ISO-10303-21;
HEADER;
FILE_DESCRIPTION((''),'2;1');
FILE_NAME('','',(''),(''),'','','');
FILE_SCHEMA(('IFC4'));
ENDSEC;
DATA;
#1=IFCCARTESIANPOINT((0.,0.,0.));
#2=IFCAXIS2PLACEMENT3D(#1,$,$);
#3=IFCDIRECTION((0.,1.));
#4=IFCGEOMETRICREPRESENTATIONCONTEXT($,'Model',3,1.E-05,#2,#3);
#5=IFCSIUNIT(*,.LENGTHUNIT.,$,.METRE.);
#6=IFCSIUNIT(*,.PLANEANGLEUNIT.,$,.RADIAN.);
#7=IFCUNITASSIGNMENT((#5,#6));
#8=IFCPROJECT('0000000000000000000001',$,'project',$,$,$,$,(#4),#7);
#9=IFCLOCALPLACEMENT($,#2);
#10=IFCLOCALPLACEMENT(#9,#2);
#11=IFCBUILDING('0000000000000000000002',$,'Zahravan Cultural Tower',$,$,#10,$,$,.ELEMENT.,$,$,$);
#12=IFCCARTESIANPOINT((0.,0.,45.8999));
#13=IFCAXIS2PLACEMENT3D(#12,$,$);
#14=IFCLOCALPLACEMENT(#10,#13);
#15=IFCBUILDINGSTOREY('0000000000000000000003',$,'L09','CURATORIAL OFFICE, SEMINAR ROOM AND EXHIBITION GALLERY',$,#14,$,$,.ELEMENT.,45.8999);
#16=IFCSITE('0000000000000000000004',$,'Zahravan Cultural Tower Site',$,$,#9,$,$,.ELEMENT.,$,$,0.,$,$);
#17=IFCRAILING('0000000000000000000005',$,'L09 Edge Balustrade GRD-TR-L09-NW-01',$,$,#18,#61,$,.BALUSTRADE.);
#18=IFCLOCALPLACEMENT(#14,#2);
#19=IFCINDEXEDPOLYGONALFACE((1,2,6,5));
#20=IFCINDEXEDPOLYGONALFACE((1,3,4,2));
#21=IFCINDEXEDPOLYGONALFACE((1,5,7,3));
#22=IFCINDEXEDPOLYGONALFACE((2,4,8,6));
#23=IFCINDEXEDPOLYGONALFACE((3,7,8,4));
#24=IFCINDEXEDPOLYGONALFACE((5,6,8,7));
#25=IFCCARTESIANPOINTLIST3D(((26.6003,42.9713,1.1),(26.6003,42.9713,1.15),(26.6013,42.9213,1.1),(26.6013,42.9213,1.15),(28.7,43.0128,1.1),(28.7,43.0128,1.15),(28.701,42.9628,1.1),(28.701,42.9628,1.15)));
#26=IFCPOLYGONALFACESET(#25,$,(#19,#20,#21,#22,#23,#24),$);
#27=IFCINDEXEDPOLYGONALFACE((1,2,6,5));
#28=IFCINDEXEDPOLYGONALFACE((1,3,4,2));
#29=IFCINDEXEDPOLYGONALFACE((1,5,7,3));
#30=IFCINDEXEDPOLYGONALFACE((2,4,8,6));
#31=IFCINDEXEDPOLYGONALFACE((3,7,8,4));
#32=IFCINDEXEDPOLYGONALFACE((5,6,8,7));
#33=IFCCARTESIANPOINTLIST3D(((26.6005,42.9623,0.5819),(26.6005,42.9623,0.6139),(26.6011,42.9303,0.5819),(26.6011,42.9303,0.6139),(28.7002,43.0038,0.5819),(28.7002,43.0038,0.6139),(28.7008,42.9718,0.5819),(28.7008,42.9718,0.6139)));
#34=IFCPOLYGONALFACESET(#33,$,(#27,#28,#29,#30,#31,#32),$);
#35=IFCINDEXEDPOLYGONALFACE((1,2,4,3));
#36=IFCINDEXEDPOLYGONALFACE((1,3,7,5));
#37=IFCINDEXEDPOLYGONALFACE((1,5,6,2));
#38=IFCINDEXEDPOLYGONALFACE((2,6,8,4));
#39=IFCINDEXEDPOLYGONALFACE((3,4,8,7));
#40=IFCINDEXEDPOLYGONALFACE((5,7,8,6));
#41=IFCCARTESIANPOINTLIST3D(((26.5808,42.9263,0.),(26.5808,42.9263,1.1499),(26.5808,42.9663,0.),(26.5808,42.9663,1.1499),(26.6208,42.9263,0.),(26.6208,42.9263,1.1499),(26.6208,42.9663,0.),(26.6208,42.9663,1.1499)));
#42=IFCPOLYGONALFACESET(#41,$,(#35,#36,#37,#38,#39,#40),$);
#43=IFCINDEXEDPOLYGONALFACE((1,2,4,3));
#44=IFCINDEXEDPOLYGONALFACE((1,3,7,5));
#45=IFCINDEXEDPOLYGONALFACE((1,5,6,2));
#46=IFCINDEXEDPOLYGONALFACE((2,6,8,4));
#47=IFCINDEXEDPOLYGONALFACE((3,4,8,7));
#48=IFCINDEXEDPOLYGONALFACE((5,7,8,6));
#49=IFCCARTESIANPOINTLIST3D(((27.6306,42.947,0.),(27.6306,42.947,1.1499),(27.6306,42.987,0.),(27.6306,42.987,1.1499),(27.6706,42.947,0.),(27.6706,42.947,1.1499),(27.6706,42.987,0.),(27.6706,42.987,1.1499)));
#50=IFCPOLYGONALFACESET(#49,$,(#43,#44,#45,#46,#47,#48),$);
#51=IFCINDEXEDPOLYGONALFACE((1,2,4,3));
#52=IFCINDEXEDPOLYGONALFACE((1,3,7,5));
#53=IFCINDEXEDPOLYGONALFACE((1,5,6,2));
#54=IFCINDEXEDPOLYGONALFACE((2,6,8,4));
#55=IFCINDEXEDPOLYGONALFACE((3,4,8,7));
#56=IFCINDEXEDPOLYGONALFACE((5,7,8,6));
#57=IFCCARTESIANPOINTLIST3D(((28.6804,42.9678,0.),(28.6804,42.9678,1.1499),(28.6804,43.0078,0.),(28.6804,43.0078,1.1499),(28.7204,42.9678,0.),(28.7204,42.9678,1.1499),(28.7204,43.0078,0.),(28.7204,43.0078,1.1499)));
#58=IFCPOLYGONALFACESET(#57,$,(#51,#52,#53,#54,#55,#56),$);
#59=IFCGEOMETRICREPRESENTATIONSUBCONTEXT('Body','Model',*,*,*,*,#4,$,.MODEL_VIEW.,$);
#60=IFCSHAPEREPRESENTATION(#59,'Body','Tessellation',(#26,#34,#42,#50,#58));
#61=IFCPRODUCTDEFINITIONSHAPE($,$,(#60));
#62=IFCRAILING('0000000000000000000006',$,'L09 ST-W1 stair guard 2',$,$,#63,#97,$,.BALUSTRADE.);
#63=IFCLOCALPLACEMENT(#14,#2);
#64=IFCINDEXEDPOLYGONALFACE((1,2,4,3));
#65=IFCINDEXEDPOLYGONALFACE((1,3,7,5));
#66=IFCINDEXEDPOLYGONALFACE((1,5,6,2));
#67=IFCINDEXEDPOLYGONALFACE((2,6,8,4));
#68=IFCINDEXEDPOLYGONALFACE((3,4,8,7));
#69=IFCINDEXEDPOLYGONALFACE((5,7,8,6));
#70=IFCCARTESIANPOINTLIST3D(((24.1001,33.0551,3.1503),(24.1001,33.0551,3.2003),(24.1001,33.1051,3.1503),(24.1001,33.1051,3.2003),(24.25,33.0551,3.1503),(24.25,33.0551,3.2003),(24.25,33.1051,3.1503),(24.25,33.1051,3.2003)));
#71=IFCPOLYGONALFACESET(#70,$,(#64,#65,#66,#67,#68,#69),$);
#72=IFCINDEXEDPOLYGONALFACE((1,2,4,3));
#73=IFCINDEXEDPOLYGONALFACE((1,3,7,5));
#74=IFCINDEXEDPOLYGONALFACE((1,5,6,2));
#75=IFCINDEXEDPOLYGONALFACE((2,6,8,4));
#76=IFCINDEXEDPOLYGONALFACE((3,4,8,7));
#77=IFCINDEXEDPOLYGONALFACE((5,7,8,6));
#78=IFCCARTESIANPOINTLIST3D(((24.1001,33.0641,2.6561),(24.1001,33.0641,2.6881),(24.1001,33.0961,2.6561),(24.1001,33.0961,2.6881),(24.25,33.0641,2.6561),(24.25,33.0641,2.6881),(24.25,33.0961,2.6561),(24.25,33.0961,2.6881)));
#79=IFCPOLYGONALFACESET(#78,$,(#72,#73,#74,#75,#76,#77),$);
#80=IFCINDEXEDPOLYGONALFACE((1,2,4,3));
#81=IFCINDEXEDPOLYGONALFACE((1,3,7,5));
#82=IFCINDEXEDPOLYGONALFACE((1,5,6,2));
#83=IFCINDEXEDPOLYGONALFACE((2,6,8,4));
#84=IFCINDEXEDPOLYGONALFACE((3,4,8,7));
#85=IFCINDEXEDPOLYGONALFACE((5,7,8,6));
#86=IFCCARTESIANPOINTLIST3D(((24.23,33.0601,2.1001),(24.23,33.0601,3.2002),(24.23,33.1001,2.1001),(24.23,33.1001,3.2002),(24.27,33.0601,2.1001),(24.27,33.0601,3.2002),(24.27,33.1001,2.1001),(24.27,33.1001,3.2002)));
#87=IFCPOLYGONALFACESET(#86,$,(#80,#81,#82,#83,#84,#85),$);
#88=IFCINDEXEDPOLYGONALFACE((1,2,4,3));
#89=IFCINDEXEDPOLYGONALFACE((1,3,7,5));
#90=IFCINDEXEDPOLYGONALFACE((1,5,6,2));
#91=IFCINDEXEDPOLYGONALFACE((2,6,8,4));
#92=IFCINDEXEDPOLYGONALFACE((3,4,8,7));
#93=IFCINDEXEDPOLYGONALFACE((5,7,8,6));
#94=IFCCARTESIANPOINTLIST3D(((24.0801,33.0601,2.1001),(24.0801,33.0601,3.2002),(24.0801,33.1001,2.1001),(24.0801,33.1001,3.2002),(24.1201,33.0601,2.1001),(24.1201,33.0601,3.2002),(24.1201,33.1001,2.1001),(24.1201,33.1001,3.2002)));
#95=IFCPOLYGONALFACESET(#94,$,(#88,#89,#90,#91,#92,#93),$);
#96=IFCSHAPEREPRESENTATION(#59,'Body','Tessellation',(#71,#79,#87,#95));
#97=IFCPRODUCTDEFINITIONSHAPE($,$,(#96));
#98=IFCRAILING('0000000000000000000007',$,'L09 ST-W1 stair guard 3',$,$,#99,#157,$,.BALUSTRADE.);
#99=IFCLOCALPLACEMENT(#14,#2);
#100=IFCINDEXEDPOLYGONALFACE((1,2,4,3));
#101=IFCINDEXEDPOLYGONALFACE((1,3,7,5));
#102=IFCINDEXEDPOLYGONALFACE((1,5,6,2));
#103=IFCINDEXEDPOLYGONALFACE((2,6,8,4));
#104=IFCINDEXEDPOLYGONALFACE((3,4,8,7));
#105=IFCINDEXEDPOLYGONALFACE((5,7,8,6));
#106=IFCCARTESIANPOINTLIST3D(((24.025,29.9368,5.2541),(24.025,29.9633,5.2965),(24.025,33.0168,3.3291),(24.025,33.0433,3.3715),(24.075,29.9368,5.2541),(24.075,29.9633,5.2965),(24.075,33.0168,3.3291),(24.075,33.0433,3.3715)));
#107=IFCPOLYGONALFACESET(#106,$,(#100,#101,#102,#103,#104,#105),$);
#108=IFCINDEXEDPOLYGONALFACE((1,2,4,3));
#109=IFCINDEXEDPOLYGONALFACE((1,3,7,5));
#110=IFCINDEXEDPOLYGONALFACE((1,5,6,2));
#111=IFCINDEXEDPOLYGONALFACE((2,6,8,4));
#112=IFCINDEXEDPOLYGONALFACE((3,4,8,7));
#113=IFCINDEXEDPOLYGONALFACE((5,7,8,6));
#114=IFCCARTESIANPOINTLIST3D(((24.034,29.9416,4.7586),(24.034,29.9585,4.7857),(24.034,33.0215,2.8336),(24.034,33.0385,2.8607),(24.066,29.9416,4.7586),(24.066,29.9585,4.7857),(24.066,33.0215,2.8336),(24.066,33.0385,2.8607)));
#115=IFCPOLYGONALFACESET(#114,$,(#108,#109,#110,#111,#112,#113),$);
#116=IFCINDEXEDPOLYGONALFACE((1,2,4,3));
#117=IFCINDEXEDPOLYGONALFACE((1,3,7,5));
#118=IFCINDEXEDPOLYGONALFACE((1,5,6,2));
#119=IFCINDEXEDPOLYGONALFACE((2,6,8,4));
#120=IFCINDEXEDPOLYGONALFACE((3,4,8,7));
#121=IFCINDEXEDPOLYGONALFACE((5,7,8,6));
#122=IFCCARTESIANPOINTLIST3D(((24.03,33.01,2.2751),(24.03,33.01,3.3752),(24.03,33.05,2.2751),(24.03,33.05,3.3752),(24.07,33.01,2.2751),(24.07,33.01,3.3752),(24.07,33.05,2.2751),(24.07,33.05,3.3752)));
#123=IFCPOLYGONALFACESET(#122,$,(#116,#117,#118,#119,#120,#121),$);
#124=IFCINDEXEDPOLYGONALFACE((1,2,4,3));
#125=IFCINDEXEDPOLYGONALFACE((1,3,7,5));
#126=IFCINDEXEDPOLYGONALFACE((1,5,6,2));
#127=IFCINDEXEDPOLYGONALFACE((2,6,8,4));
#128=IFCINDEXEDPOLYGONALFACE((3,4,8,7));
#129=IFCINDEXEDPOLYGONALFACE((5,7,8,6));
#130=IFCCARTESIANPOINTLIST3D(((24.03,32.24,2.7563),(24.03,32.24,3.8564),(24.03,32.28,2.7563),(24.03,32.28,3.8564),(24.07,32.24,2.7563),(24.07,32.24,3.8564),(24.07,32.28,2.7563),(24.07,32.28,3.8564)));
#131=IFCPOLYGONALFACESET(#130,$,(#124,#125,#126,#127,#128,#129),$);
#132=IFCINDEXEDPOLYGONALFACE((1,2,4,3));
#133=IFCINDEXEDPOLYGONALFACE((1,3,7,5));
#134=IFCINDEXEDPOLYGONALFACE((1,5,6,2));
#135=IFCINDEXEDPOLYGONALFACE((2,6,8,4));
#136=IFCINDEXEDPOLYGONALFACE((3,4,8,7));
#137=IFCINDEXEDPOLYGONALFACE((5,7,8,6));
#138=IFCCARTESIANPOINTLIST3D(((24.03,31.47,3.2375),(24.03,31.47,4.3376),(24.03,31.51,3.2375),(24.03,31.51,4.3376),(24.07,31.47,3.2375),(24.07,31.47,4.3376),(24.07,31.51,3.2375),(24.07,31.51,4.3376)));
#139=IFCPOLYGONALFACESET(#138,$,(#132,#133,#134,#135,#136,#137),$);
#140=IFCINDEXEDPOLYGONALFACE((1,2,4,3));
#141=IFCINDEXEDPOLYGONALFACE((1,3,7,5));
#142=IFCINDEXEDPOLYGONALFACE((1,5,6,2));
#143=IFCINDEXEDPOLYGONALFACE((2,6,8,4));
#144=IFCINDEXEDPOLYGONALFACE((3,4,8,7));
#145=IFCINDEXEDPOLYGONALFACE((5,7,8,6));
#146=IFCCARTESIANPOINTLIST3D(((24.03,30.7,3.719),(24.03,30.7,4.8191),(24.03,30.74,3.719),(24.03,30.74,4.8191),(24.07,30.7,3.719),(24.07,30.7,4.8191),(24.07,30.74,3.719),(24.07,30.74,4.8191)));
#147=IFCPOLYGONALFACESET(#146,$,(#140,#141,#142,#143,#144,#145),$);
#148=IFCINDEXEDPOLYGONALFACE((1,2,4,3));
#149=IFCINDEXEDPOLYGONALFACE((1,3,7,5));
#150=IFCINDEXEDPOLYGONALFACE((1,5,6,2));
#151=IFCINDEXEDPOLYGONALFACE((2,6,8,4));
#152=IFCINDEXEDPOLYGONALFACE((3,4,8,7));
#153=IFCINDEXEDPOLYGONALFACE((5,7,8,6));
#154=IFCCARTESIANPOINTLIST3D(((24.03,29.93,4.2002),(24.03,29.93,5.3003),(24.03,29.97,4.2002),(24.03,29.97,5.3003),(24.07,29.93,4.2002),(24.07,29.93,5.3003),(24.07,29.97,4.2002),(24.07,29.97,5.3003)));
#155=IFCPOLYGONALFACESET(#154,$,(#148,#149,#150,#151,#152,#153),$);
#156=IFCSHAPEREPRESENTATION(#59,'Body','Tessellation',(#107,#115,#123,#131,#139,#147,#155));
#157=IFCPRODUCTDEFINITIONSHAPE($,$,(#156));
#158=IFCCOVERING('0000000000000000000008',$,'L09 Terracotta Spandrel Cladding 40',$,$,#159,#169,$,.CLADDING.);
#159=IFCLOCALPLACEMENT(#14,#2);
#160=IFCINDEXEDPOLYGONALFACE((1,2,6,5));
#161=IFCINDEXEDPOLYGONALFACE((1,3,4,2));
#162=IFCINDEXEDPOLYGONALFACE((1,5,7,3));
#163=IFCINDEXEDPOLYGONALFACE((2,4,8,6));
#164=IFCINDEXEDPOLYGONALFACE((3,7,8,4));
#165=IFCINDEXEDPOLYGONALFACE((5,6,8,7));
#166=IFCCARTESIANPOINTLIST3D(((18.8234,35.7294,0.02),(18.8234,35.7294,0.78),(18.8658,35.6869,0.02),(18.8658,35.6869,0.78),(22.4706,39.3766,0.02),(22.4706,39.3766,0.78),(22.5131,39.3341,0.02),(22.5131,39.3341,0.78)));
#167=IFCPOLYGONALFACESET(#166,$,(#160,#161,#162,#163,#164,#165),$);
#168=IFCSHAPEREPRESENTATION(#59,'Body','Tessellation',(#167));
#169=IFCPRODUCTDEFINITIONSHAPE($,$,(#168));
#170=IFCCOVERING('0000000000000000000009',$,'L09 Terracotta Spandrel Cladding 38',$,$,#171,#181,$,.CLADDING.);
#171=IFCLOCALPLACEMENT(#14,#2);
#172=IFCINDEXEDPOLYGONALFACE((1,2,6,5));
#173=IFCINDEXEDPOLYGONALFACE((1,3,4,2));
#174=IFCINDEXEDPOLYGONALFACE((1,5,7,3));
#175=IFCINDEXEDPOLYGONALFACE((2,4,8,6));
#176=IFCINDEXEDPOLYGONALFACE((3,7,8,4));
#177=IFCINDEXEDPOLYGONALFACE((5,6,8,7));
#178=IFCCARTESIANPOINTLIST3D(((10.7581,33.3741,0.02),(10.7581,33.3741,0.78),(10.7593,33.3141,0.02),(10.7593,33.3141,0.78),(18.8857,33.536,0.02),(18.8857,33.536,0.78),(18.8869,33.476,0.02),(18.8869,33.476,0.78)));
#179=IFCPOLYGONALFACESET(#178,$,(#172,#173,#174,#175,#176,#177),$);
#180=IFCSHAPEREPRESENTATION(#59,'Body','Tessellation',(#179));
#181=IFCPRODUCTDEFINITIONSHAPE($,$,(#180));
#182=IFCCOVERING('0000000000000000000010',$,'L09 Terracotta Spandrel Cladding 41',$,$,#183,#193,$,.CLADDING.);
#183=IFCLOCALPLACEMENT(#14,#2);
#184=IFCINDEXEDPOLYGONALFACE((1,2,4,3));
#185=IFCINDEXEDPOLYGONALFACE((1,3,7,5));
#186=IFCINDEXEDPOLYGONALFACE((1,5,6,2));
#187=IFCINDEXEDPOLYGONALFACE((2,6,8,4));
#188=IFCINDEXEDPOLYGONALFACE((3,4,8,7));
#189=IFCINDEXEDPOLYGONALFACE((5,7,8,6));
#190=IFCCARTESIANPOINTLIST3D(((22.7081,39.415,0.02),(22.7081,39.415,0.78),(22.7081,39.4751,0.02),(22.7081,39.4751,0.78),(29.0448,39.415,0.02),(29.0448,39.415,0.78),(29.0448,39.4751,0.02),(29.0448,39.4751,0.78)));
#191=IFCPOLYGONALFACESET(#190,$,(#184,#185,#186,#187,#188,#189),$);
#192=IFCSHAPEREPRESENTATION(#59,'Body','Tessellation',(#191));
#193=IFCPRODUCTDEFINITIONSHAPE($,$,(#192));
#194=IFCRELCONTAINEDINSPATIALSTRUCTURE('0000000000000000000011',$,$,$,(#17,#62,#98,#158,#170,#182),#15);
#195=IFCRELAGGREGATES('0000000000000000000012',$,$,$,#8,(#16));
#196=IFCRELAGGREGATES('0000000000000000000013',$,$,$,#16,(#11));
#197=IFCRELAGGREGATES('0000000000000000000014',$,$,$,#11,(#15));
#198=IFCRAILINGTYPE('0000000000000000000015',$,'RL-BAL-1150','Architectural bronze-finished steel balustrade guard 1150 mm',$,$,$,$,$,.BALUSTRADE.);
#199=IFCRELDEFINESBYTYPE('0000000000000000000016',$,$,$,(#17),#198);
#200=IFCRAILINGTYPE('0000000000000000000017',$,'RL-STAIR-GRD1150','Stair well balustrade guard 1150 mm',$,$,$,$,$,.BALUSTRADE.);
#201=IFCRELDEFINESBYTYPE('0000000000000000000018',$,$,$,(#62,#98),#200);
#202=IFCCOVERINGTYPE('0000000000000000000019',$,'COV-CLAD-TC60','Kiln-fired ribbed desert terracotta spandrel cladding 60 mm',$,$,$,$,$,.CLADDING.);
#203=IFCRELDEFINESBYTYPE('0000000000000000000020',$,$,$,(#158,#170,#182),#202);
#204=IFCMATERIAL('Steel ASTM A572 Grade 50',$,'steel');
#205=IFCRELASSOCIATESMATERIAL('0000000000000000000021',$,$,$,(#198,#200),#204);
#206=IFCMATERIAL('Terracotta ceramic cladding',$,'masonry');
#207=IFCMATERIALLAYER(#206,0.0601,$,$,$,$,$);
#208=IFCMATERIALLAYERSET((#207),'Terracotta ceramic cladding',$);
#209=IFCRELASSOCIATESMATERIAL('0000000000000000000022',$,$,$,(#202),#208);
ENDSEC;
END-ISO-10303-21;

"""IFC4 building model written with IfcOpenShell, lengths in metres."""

from ifc_helpers import new_model, si_unit, direction, frame, origin, origin_2d, place, context, subcontext, project, spatial, rectangle, extrude, source, transform, mapped, material, layer, layer_set, type_object, element, save


model = new_model("IFC4")

# Units and contexts
model_context = context("Model", 3, precision=1e-05, world=origin(), true_north=direction((0.0, 1.0)))
body_context = subcontext(model_context, "Body", "Model", "MODEL_VIEW")
ifc_project = project(units=[si_unit("LENGTHUNIT", "METRE"), si_unit("PLANEANGLEUNIT", "RADIAN")], contexts=[model_context])

# Site, building, storey
site_placement = place(None, origin())
site = spatial("IfcSite", under=ifc_project, at=site_placement, Name="Zahravan Cultural Tower Site", CompositionType="ELEMENT", RefElevation=0.0)
building_placement = place(site_placement, origin())
building = spatial("IfcBuilding", under=site, at=building_placement, Name="Zahravan Cultural Tower", CompositionType="ELEMENT")
storey_placement = place(building_placement, frame((0.0, 0.0, 45.8999)))
storey = spatial("IfcBuildingStorey", under=building, at=storey_placement, Name="L09", Description="CURATORIAL OFFICE, SEMINAR ROOM AND EXHIBITION GALLERY", CompositionType="ELEMENT", Elevation=45.8999)

# Shared definitions
ifc_material_1 = material(Name="Steel ASTM A572 Grade 50", Category="steel")

# Railings
railing_type_1 = type_object("IfcRailingType", Name="RL-BAL-1150", Description="Architectural bronze-finished steel balustrade guard 1150 mm", PredefinedType="BALUSTRADE", material=ifc_material_1)
railing_1_placement = place(storey_placement, frame((26.6008, 42.9463, 0.0)))
element("IfcRailing", 1, at=railing_1_placement, inside=storey, type_object=railing_type_1, Name="L09 Edge Balustrade GRD-TR-L09-NW-01", PredefinedType="BALUSTRADE", context=body_context, shape_type="SweptSolid", body=[
    extrude(rectangle(XDim=0.05, YDim=0.05, at=origin_2d()), frame((0.0, 0.0, 1.125), z_axis=(0.999805, 0.019764, 0.0), x_axis=(-0.019764, 0.999805, 0.0)), (0.0, 0.0, 1.0), 2.1001),
    extrude(rectangle(XDim=0.032, YDim=0.032, at=origin_2d()), frame((0.0, 0.0, 0.5979), z_axis=(0.999805, 0.019764, 0.0), x_axis=(-0.019764, 0.999805, 0.0)), (0.0, 0.0, 1.0), 2.1001),
    extrude(rectangle(XDim=0.04, YDim=0.04, at=origin_2d()), origin(), (0.0, 0.0, 1.0), 1.1499),
    extrude(rectangle(XDim=0.04, YDim=0.04, at=origin_2d()), frame((1.0498, 0.0208, 0.0)), (0.0, 0.0, 1.0), 1.1499),
    extrude(rectangle(XDim=0.04, YDim=0.04, at=origin_2d()), frame((2.0996, 0.0415, 0.0)), (0.0, 0.0, 1.0), 1.1499),
])
railing_type_2 = type_object("IfcRailingType", Name="RL-STAIR-GRD1150", Description="Stair well balustrade guard 1150 mm", PredefinedType="BALUSTRADE", material=ifc_material_1)
railing_2_placement = place(storey_placement, frame((24.25, 33.0801, 2.1001)))
element("IfcRailing", 2, at=railing_2_placement, inside=storey, type_object=railing_type_2, Name="L09 ST-W1 stair guard 2", PredefinedType="BALUSTRADE", context=body_context, shape_type="SweptSolid", body=[
    extrude(rectangle(XDim=0.05, YDim=0.05, at=origin_2d()), frame((0.0, 0.0, 1.0752), z_axis=(-1.0, 0.0, 0.0), x_axis=(0.0, -1.0, 0.0)), (0.0, 0.0, 1.0), 0.1499),
    extrude(rectangle(XDim=0.032, YDim=0.032, at=origin_2d()), frame((0.0, 0.0, 0.572), z_axis=(-1.0, 0.0, 0.0), x_axis=(0.0, -1.0, 0.0)), (0.0, 0.0, 1.0), 0.1499),
    extrude(rectangle(XDim=0.04, YDim=0.04, at=origin_2d()), origin(), (0.0, 0.0, 1.0), 1.1001),
    extrude(rectangle(XDim=0.04, YDim=0.04, at=origin_2d()), frame((-0.1499, 0.0, 0.0)), (0.0, 0.0, 1.0), 1.1001),
])
railing_3_placement = place(storey_placement, frame((24.05, 33.03, 2.2751)))
element("IfcRailing", 3, at=railing_3_placement, inside=storey, type_object=railing_type_2, Name="L09 ST-W1 stair guard 3", PredefinedType="BALUSTRADE", context=body_context, shape_type="SweptSolid", body=[
    extrude(rectangle(XDim=0.05, YDim=0.05, at=origin_2d()), frame((0.0, 0.0, 1.0752), z_axis=(0.0, -0.847998, 0.529999), x_axis=(1.0, 0.0, 0.0)), (0.0, 0.0, 1.0), 3.6321),
    extrude(rectangle(XDim=0.032, YDim=0.032, at=origin_2d()), frame((0.0, 0.0, 0.572), z_axis=(0.0, -0.847998, 0.529999), x_axis=(1.0, 0.0, 0.0)), (0.0, 0.0, 1.0), 3.6321),
    extrude(rectangle(XDim=0.04, YDim=0.04, at=origin_2d()), origin(), (0.0, 0.0, 1.0), 1.1001),
    extrude(rectangle(XDim=0.04, YDim=0.04, at=origin_2d()), frame((0.0, -0.77, 0.4812)), (0.0, 0.0, 1.0), 1.1001),
    extrude(rectangle(XDim=0.04, YDim=0.04, at=origin_2d()), frame((0.0, -1.54, 0.9624)), (0.0, 0.0, 1.0), 1.1001),
    extrude(rectangle(XDim=0.04, YDim=0.04, at=origin_2d()), frame((0.0, -2.3101, 1.4438)), (0.0, 0.0, 1.0), 1.1001),
    extrude(rectangle(XDim=0.04, YDim=0.04, at=origin_2d()), frame((0.0, -3.0801, 1.925)), (0.0, 0.0, 1.0), 1.1001),
])

# Coverings
ifc_material_2 = material(Name="Terracotta ceramic cladding", Category="masonry")
ifc_layer_1 = layer(ifc_material_2, 0.0601)
ifc_layer_set_1 = layer_set([ifc_layer_1], Name="Terracotta ceramic cladding")
covering_type = type_object("IfcCoveringType", Name="COV-CLAD-TC60", Description="Kiln-fired ribbed desert terracotta spandrel cladding 60 mm", PredefinedType="CLADDING", material=ifc_layer_set_1)
shared_shape_1 = source(origin(), body_context, "Body", "SweptSolid", [
    extrude(rectangle(XDim=5.158, YDim=0.0601, at=origin_2d()), origin(), (0.0, 0.0, 1.0), 0.76),
])
covering_1_placement = place(storey_placement, frame((20.6682, 37.5317, 0.02), z_axis=(0.0, 0.0, 1.0), x_axis=(0.707107, 0.707107, 0.0)))
element("IfcCovering", 4, at=covering_1_placement, inside=storey, type_object=covering_type, Name="L09 Terracotta Spandrel Cladding 40", PredefinedType="CLADDING", context=body_context, shape_type="MappedRepresentation", body=[
    mapped(shared_shape_1, transform((0.0, 0.0, 0.0), x_axis=(1.0, 0.0, 0.0), y_axis=(0.0, 1.0, 0.0), z_axis=(0.0, 0.0, 1.0), scale=1.0)),
])
shared_shape_2 = source(origin(), body_context, "Body", "SweptSolid", [
    extrude(rectangle(XDim=8.1292, YDim=0.0601, at=origin_2d()), origin(), (0.0, 0.0, 1.0), 0.76),
])
covering_2_placement = place(storey_placement, frame((14.8225, 33.425, 0.02), z_axis=(0.0, 0.0, 1.0), x_axis=(0.999802, 0.019913, 0.0)))
element("IfcCovering", 5, at=covering_2_placement, inside=storey, type_object=covering_type, Name="L09 Terracotta Spandrel Cladding 38", PredefinedType="CLADDING", context=body_context, shape_type="MappedRepresentation", body=[
    mapped(shared_shape_2, transform((0.0, 0.0, 0.0), x_axis=(1.0, 0.0, 0.0), y_axis=(0.0, 1.0, 0.0), z_axis=(0.0, 0.0, 1.0), scale=1.0)),
])
shared_shape_3 = source(origin(), body_context, "Body", "SweptSolid", [
    extrude(rectangle(XDim=6.3367, YDim=0.0601, at=origin_2d()), origin(), (0.0, 0.0, 1.0), 0.76),
])
covering_3_placement = place(storey_placement, frame((25.8765, 39.4451, 0.02), z_axis=(0.0, 0.0, 1.0), x_axis=(1.0, 0.0, 0.0)))
element("IfcCovering", 6, at=covering_3_placement, inside=storey, type_object=covering_type, Name="L09 Terracotta Spandrel Cladding 41", PredefinedType="CLADDING", context=body_context, shape_type="MappedRepresentation", body=[
    mapped(shared_shape_3, transform((0.0, 0.0, 0.0), x_axis=(1.0, 0.0, 0.0), y_axis=(0.0, 1.0, 0.0), z_axis=(0.0, 0.0, 1.0), scale=1.0)),
])

save(model, "model.ifc")
